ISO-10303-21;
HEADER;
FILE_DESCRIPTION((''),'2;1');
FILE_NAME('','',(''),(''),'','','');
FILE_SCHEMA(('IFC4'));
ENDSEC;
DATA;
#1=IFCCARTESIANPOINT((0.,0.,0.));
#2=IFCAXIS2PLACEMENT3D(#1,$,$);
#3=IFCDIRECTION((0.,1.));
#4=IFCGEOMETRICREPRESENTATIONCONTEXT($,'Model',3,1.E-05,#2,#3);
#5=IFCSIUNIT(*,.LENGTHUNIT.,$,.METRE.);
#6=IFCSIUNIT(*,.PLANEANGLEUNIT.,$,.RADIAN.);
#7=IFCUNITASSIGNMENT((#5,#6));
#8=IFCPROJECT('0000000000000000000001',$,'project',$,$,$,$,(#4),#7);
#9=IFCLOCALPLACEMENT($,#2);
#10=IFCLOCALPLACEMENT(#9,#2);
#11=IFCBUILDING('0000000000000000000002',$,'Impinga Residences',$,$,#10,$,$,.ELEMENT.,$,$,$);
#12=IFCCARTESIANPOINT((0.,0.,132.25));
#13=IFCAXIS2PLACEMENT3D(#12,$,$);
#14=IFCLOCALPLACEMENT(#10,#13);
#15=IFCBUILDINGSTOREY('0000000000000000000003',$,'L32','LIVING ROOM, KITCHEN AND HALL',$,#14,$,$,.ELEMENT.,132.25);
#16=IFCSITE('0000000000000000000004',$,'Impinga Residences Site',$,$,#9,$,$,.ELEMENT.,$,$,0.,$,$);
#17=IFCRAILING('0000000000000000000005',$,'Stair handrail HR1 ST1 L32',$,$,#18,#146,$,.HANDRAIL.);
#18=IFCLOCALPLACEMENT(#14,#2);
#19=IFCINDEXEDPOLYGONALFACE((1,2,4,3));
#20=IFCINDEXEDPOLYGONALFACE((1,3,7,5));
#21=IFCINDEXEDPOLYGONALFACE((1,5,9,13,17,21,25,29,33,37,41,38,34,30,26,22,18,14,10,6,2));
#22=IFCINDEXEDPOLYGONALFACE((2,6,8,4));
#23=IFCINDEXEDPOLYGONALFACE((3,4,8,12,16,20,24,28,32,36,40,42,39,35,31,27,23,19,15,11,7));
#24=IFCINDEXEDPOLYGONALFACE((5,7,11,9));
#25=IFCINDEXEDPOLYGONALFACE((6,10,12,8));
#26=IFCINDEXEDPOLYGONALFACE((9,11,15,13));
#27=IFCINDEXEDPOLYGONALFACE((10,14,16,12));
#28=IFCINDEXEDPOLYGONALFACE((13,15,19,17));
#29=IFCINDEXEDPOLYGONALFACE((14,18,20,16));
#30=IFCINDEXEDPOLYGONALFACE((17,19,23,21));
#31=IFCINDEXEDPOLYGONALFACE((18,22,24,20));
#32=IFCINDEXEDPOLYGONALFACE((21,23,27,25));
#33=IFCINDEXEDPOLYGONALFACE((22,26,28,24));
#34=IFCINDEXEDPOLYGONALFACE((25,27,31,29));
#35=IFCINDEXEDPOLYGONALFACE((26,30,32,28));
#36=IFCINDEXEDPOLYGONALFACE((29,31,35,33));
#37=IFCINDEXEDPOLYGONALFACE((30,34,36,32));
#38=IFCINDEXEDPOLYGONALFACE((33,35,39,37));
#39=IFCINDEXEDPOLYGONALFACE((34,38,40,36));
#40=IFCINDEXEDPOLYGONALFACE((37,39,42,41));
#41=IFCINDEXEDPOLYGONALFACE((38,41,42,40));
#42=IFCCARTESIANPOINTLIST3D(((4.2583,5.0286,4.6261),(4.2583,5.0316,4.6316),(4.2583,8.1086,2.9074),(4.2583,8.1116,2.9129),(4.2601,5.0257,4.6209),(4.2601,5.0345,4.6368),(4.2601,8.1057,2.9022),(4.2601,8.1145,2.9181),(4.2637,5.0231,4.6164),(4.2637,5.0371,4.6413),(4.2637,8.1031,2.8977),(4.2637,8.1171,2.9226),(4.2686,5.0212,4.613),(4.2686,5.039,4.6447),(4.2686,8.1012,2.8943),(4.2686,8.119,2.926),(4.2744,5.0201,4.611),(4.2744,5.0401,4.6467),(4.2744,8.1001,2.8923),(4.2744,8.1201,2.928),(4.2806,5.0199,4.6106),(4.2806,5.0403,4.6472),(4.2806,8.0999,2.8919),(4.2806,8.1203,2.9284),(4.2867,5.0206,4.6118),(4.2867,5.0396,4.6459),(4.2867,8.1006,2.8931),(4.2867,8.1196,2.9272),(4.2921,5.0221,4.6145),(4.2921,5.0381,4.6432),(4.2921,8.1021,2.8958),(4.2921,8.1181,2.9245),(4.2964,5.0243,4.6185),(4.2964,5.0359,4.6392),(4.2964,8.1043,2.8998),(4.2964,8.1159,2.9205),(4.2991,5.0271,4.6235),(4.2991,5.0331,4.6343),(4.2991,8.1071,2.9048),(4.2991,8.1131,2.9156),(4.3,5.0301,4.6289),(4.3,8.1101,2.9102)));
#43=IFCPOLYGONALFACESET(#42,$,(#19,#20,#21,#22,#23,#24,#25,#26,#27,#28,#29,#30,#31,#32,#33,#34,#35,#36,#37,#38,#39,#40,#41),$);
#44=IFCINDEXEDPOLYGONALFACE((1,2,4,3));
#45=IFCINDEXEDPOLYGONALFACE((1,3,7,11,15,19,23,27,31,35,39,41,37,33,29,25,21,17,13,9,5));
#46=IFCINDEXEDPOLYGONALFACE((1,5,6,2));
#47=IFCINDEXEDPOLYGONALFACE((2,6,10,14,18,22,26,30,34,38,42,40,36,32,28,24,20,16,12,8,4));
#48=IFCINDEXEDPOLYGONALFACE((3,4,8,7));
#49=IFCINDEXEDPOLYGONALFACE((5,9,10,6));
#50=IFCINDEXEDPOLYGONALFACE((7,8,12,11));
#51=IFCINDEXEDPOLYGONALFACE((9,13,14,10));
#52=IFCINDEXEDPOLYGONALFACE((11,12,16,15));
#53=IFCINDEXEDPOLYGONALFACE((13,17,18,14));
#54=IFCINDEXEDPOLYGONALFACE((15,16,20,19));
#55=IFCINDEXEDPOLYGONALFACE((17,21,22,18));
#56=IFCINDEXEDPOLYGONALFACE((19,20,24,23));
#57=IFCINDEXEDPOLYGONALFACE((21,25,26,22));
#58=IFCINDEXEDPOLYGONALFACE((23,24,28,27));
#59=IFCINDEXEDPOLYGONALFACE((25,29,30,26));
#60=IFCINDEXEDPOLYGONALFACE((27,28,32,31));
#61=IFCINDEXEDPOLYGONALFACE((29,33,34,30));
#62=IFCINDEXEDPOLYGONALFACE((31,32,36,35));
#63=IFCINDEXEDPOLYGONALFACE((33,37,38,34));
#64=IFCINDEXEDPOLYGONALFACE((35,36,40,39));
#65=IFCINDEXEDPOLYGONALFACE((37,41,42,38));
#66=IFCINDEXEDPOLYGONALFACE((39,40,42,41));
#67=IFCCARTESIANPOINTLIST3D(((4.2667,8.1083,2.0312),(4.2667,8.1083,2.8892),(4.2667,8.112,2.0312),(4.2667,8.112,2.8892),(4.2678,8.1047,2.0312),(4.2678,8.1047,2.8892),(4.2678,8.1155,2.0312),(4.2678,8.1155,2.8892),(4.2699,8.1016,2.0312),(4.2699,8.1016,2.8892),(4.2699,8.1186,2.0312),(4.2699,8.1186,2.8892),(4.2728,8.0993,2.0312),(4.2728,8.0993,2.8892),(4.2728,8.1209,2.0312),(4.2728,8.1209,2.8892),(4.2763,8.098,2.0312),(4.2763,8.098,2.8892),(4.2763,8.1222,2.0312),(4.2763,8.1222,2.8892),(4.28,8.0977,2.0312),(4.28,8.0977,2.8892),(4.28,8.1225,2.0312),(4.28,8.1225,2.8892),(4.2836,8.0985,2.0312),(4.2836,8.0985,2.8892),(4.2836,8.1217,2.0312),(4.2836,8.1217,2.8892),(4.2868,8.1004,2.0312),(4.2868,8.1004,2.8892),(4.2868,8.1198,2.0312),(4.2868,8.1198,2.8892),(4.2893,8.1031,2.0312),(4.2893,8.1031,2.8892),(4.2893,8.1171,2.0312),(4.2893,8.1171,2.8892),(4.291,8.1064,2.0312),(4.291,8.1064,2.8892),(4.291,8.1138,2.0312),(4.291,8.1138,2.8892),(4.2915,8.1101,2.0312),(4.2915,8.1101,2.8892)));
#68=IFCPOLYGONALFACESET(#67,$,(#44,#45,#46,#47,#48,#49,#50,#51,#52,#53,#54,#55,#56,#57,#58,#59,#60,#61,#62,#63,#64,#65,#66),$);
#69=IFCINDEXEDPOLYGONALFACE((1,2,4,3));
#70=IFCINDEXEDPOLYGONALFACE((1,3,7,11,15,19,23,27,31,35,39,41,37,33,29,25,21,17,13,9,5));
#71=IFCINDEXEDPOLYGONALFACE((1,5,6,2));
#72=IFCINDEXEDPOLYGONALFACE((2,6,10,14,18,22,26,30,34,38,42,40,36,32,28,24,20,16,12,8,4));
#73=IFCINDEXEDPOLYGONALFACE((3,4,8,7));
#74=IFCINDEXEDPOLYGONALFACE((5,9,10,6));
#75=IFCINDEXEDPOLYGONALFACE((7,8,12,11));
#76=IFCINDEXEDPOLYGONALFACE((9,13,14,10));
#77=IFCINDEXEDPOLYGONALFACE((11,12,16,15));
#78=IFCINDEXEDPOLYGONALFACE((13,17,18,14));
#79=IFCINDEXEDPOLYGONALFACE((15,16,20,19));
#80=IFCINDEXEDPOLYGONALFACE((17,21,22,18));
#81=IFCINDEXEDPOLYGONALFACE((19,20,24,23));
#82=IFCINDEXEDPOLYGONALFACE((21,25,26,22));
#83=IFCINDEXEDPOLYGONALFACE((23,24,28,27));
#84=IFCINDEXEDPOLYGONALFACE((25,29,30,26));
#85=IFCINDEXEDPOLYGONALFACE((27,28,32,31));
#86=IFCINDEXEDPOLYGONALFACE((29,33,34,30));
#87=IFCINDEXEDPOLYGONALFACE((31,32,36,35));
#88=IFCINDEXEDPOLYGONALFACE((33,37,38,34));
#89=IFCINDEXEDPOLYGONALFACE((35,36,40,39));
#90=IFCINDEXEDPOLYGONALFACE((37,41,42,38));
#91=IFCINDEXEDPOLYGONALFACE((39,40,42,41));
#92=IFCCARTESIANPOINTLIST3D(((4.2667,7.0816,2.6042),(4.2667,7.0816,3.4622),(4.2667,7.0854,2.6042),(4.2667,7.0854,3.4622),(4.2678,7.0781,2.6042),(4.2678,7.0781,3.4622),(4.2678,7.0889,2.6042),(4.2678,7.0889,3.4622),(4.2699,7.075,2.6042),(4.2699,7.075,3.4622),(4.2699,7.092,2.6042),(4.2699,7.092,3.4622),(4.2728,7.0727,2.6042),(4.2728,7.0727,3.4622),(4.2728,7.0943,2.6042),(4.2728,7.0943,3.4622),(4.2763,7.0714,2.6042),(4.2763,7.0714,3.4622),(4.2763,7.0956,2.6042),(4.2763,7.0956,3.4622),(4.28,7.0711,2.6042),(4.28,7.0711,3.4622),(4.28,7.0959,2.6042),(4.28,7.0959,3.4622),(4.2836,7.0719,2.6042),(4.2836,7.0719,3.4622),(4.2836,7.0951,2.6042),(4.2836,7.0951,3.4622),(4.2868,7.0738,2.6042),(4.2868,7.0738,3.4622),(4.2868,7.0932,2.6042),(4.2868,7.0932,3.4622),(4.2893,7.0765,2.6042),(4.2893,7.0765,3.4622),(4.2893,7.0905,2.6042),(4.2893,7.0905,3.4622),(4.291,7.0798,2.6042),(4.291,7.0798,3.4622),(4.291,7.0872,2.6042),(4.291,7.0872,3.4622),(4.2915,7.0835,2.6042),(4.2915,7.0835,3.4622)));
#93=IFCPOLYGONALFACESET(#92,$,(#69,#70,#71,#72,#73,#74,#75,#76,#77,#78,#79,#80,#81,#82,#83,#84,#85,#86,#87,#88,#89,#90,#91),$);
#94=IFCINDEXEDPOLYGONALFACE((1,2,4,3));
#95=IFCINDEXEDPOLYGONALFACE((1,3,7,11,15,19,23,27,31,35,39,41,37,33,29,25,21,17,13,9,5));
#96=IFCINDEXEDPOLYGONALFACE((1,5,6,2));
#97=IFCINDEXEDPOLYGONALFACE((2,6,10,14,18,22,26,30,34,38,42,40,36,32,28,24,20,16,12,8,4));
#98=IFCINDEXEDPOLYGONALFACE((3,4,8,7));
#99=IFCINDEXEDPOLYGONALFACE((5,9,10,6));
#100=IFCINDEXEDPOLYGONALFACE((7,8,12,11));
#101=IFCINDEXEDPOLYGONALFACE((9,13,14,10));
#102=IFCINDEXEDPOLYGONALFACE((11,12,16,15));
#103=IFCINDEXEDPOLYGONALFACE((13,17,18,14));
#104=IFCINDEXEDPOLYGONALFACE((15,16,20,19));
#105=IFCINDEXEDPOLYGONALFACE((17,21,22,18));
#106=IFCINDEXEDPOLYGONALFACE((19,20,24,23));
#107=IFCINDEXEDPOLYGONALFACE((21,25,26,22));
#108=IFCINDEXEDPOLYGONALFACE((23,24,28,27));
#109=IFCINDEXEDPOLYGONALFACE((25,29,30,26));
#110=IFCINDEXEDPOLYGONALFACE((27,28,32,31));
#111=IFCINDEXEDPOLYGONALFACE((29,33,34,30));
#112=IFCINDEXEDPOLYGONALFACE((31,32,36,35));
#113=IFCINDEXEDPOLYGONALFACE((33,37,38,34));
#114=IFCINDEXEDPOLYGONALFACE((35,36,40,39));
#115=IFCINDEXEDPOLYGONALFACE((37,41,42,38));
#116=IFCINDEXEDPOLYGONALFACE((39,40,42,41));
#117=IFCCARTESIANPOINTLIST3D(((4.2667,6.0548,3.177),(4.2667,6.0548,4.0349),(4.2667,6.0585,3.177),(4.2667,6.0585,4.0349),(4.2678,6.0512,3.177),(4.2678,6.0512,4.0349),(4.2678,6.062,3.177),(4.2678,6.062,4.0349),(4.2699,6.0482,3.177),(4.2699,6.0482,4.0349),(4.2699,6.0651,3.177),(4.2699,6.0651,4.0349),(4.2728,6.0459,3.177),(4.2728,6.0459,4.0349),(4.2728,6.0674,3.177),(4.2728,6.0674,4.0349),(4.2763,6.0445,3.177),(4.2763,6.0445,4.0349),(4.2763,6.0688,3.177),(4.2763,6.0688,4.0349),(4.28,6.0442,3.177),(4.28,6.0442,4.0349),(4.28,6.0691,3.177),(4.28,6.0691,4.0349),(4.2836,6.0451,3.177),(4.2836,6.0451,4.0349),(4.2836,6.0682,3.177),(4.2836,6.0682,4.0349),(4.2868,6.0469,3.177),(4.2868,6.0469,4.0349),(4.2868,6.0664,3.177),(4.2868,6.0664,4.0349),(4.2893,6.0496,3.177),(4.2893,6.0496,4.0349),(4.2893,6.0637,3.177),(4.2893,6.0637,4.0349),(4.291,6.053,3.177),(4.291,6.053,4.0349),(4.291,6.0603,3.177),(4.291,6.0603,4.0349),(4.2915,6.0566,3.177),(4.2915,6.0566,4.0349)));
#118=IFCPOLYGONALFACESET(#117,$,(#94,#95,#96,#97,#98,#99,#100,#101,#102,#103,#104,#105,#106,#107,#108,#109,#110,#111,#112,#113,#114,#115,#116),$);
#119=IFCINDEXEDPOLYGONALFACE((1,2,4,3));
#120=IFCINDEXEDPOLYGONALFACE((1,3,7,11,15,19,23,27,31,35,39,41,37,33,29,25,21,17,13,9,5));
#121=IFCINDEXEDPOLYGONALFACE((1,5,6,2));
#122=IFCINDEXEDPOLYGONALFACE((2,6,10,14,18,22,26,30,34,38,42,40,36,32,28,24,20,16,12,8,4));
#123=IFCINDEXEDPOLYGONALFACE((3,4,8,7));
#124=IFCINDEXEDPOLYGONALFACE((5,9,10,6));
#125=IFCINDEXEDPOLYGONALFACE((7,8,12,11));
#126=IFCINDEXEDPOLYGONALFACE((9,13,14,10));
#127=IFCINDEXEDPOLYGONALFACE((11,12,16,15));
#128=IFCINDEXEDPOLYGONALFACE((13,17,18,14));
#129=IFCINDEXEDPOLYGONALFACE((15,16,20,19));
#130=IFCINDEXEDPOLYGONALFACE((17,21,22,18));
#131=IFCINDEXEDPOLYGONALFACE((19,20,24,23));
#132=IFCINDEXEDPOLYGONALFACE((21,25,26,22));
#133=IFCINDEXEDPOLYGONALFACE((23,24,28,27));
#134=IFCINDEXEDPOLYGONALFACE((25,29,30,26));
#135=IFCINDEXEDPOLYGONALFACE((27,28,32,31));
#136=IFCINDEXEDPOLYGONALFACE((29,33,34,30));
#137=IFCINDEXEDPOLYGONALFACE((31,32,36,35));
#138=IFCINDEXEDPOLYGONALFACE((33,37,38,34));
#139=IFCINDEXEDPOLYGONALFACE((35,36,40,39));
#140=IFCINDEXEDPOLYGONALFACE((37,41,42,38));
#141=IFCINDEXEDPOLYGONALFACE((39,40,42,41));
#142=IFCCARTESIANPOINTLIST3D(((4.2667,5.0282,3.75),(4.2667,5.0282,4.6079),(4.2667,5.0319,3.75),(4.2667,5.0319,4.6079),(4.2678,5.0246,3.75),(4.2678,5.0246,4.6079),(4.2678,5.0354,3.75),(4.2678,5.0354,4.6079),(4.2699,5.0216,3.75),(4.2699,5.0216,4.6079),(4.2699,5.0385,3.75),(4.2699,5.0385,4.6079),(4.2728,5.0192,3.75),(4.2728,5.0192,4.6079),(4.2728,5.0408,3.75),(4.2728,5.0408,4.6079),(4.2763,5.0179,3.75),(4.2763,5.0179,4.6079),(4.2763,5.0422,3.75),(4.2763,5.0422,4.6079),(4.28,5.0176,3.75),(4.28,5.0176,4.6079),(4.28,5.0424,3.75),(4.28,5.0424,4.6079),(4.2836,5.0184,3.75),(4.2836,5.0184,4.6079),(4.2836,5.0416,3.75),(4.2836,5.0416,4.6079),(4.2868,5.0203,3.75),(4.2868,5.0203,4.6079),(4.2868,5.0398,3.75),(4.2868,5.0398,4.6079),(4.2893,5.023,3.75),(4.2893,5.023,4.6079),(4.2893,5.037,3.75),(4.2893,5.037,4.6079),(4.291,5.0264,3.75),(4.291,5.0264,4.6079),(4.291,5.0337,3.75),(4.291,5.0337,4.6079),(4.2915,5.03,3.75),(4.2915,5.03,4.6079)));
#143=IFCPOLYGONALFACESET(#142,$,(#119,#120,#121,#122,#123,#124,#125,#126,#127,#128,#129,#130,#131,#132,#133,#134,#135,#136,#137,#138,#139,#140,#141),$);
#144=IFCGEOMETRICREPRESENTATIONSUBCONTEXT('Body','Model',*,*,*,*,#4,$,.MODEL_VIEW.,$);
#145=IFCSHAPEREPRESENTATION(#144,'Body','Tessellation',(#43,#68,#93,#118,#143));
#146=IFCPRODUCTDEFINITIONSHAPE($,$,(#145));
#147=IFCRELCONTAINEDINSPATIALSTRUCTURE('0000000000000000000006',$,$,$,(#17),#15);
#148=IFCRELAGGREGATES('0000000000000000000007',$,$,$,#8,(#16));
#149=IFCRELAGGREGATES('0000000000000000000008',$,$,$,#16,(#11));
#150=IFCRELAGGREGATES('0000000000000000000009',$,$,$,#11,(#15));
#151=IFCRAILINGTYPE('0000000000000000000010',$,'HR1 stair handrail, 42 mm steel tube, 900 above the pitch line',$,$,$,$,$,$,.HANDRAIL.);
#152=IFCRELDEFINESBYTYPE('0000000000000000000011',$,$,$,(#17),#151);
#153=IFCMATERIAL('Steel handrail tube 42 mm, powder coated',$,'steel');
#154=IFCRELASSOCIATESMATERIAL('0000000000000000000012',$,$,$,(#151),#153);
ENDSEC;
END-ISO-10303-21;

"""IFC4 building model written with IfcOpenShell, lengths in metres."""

from ifc_helpers import new_model, si_unit, direction, frame, origin, origin_2d, place, context, subcontext, project, spatial, circle, extrude, material, type_object, element, save


model = new_model("IFC4")

# Units and contexts
model_context = context("Model", 3, precision=1e-05, world=origin(), true_north=direction((0.0, 1.0)))
body_context = subcontext(model_context, "Body", "Model", "MODEL_VIEW")
ifc_project = project(units=[si_unit("LENGTHUNIT", "METRE"), si_unit("PLANEANGLEUNIT", "RADIAN")], contexts=[model_context])

# Site, building, storey
site_placement = place(None, origin())
site = spatial("IfcSite", under=ifc_project, at=site_placement, Name="Impinga Residences Site", CompositionType="ELEMENT", RefElevation=0.0)
building_placement = place(site_placement, origin())
building = spatial("IfcBuilding", under=site, at=building_placement, Name="Impinga Residences", CompositionType="ELEMENT")
storey_placement = place(building_placement, frame((0.0, 0.0, 132.25)))
storey = spatial("IfcBuildingStorey", under=building, at=storey_placement, Name="L32", Description="LIVING ROOM, KITCHEN AND HALL", CompositionType="ELEMENT", Elevation=132.25)

# Railing
ifc_material_1 = material(Name="Steel handrail tube 42 mm, powder coated", Category="steel")
railing_type_1 = type_object("IfcRailingType", Name="HR1 stair handrail, 42 mm steel tube, 900 above the pitch line", PredefinedType="HANDRAIL", material=ifc_material_1)
railing_1_placement = place(storey_placement, frame((4.2791, 8.1101, 2.0312)))
element("IfcRailing", 1, at=railing_1_placement, inside=storey, type_object=railing_type_1, Name="Stair handrail HR1 ST1 L32", PredefinedType="HANDRAIL", context=body_context, shape_type="SweptSolid", body=[
    extrude(circle(Radius=0.021, at=origin_2d()), frame((0.0, 0.0, 0.8789), z_axis=(0.0, -0.873242, 0.487288), x_axis=(1.0, 0.0, 0.0)), (0.0, 0.0, 1.0), 3.5271),
    extrude(circle(Radius=0.0125, at=origin_2d()), origin(), (0.0, 0.0, 1.0), 0.8579),
    extrude(circle(Radius=0.0125, at=origin_2d()), frame((0.0, -1.0266, 0.573)), (0.0, 0.0, 1.0), 0.8579),
    extrude(circle(Radius=0.0125, at=origin_2d()), frame((0.0, -2.0535, 1.1458)), (0.0, 0.0, 1.0), 0.8579),
    extrude(circle(Radius=0.0125, at=origin_2d()), frame((0.0, -3.0801, 1.7188)), (0.0, 0.0, 1.0), 0.8579),
])

save(model, "model.ifc")
